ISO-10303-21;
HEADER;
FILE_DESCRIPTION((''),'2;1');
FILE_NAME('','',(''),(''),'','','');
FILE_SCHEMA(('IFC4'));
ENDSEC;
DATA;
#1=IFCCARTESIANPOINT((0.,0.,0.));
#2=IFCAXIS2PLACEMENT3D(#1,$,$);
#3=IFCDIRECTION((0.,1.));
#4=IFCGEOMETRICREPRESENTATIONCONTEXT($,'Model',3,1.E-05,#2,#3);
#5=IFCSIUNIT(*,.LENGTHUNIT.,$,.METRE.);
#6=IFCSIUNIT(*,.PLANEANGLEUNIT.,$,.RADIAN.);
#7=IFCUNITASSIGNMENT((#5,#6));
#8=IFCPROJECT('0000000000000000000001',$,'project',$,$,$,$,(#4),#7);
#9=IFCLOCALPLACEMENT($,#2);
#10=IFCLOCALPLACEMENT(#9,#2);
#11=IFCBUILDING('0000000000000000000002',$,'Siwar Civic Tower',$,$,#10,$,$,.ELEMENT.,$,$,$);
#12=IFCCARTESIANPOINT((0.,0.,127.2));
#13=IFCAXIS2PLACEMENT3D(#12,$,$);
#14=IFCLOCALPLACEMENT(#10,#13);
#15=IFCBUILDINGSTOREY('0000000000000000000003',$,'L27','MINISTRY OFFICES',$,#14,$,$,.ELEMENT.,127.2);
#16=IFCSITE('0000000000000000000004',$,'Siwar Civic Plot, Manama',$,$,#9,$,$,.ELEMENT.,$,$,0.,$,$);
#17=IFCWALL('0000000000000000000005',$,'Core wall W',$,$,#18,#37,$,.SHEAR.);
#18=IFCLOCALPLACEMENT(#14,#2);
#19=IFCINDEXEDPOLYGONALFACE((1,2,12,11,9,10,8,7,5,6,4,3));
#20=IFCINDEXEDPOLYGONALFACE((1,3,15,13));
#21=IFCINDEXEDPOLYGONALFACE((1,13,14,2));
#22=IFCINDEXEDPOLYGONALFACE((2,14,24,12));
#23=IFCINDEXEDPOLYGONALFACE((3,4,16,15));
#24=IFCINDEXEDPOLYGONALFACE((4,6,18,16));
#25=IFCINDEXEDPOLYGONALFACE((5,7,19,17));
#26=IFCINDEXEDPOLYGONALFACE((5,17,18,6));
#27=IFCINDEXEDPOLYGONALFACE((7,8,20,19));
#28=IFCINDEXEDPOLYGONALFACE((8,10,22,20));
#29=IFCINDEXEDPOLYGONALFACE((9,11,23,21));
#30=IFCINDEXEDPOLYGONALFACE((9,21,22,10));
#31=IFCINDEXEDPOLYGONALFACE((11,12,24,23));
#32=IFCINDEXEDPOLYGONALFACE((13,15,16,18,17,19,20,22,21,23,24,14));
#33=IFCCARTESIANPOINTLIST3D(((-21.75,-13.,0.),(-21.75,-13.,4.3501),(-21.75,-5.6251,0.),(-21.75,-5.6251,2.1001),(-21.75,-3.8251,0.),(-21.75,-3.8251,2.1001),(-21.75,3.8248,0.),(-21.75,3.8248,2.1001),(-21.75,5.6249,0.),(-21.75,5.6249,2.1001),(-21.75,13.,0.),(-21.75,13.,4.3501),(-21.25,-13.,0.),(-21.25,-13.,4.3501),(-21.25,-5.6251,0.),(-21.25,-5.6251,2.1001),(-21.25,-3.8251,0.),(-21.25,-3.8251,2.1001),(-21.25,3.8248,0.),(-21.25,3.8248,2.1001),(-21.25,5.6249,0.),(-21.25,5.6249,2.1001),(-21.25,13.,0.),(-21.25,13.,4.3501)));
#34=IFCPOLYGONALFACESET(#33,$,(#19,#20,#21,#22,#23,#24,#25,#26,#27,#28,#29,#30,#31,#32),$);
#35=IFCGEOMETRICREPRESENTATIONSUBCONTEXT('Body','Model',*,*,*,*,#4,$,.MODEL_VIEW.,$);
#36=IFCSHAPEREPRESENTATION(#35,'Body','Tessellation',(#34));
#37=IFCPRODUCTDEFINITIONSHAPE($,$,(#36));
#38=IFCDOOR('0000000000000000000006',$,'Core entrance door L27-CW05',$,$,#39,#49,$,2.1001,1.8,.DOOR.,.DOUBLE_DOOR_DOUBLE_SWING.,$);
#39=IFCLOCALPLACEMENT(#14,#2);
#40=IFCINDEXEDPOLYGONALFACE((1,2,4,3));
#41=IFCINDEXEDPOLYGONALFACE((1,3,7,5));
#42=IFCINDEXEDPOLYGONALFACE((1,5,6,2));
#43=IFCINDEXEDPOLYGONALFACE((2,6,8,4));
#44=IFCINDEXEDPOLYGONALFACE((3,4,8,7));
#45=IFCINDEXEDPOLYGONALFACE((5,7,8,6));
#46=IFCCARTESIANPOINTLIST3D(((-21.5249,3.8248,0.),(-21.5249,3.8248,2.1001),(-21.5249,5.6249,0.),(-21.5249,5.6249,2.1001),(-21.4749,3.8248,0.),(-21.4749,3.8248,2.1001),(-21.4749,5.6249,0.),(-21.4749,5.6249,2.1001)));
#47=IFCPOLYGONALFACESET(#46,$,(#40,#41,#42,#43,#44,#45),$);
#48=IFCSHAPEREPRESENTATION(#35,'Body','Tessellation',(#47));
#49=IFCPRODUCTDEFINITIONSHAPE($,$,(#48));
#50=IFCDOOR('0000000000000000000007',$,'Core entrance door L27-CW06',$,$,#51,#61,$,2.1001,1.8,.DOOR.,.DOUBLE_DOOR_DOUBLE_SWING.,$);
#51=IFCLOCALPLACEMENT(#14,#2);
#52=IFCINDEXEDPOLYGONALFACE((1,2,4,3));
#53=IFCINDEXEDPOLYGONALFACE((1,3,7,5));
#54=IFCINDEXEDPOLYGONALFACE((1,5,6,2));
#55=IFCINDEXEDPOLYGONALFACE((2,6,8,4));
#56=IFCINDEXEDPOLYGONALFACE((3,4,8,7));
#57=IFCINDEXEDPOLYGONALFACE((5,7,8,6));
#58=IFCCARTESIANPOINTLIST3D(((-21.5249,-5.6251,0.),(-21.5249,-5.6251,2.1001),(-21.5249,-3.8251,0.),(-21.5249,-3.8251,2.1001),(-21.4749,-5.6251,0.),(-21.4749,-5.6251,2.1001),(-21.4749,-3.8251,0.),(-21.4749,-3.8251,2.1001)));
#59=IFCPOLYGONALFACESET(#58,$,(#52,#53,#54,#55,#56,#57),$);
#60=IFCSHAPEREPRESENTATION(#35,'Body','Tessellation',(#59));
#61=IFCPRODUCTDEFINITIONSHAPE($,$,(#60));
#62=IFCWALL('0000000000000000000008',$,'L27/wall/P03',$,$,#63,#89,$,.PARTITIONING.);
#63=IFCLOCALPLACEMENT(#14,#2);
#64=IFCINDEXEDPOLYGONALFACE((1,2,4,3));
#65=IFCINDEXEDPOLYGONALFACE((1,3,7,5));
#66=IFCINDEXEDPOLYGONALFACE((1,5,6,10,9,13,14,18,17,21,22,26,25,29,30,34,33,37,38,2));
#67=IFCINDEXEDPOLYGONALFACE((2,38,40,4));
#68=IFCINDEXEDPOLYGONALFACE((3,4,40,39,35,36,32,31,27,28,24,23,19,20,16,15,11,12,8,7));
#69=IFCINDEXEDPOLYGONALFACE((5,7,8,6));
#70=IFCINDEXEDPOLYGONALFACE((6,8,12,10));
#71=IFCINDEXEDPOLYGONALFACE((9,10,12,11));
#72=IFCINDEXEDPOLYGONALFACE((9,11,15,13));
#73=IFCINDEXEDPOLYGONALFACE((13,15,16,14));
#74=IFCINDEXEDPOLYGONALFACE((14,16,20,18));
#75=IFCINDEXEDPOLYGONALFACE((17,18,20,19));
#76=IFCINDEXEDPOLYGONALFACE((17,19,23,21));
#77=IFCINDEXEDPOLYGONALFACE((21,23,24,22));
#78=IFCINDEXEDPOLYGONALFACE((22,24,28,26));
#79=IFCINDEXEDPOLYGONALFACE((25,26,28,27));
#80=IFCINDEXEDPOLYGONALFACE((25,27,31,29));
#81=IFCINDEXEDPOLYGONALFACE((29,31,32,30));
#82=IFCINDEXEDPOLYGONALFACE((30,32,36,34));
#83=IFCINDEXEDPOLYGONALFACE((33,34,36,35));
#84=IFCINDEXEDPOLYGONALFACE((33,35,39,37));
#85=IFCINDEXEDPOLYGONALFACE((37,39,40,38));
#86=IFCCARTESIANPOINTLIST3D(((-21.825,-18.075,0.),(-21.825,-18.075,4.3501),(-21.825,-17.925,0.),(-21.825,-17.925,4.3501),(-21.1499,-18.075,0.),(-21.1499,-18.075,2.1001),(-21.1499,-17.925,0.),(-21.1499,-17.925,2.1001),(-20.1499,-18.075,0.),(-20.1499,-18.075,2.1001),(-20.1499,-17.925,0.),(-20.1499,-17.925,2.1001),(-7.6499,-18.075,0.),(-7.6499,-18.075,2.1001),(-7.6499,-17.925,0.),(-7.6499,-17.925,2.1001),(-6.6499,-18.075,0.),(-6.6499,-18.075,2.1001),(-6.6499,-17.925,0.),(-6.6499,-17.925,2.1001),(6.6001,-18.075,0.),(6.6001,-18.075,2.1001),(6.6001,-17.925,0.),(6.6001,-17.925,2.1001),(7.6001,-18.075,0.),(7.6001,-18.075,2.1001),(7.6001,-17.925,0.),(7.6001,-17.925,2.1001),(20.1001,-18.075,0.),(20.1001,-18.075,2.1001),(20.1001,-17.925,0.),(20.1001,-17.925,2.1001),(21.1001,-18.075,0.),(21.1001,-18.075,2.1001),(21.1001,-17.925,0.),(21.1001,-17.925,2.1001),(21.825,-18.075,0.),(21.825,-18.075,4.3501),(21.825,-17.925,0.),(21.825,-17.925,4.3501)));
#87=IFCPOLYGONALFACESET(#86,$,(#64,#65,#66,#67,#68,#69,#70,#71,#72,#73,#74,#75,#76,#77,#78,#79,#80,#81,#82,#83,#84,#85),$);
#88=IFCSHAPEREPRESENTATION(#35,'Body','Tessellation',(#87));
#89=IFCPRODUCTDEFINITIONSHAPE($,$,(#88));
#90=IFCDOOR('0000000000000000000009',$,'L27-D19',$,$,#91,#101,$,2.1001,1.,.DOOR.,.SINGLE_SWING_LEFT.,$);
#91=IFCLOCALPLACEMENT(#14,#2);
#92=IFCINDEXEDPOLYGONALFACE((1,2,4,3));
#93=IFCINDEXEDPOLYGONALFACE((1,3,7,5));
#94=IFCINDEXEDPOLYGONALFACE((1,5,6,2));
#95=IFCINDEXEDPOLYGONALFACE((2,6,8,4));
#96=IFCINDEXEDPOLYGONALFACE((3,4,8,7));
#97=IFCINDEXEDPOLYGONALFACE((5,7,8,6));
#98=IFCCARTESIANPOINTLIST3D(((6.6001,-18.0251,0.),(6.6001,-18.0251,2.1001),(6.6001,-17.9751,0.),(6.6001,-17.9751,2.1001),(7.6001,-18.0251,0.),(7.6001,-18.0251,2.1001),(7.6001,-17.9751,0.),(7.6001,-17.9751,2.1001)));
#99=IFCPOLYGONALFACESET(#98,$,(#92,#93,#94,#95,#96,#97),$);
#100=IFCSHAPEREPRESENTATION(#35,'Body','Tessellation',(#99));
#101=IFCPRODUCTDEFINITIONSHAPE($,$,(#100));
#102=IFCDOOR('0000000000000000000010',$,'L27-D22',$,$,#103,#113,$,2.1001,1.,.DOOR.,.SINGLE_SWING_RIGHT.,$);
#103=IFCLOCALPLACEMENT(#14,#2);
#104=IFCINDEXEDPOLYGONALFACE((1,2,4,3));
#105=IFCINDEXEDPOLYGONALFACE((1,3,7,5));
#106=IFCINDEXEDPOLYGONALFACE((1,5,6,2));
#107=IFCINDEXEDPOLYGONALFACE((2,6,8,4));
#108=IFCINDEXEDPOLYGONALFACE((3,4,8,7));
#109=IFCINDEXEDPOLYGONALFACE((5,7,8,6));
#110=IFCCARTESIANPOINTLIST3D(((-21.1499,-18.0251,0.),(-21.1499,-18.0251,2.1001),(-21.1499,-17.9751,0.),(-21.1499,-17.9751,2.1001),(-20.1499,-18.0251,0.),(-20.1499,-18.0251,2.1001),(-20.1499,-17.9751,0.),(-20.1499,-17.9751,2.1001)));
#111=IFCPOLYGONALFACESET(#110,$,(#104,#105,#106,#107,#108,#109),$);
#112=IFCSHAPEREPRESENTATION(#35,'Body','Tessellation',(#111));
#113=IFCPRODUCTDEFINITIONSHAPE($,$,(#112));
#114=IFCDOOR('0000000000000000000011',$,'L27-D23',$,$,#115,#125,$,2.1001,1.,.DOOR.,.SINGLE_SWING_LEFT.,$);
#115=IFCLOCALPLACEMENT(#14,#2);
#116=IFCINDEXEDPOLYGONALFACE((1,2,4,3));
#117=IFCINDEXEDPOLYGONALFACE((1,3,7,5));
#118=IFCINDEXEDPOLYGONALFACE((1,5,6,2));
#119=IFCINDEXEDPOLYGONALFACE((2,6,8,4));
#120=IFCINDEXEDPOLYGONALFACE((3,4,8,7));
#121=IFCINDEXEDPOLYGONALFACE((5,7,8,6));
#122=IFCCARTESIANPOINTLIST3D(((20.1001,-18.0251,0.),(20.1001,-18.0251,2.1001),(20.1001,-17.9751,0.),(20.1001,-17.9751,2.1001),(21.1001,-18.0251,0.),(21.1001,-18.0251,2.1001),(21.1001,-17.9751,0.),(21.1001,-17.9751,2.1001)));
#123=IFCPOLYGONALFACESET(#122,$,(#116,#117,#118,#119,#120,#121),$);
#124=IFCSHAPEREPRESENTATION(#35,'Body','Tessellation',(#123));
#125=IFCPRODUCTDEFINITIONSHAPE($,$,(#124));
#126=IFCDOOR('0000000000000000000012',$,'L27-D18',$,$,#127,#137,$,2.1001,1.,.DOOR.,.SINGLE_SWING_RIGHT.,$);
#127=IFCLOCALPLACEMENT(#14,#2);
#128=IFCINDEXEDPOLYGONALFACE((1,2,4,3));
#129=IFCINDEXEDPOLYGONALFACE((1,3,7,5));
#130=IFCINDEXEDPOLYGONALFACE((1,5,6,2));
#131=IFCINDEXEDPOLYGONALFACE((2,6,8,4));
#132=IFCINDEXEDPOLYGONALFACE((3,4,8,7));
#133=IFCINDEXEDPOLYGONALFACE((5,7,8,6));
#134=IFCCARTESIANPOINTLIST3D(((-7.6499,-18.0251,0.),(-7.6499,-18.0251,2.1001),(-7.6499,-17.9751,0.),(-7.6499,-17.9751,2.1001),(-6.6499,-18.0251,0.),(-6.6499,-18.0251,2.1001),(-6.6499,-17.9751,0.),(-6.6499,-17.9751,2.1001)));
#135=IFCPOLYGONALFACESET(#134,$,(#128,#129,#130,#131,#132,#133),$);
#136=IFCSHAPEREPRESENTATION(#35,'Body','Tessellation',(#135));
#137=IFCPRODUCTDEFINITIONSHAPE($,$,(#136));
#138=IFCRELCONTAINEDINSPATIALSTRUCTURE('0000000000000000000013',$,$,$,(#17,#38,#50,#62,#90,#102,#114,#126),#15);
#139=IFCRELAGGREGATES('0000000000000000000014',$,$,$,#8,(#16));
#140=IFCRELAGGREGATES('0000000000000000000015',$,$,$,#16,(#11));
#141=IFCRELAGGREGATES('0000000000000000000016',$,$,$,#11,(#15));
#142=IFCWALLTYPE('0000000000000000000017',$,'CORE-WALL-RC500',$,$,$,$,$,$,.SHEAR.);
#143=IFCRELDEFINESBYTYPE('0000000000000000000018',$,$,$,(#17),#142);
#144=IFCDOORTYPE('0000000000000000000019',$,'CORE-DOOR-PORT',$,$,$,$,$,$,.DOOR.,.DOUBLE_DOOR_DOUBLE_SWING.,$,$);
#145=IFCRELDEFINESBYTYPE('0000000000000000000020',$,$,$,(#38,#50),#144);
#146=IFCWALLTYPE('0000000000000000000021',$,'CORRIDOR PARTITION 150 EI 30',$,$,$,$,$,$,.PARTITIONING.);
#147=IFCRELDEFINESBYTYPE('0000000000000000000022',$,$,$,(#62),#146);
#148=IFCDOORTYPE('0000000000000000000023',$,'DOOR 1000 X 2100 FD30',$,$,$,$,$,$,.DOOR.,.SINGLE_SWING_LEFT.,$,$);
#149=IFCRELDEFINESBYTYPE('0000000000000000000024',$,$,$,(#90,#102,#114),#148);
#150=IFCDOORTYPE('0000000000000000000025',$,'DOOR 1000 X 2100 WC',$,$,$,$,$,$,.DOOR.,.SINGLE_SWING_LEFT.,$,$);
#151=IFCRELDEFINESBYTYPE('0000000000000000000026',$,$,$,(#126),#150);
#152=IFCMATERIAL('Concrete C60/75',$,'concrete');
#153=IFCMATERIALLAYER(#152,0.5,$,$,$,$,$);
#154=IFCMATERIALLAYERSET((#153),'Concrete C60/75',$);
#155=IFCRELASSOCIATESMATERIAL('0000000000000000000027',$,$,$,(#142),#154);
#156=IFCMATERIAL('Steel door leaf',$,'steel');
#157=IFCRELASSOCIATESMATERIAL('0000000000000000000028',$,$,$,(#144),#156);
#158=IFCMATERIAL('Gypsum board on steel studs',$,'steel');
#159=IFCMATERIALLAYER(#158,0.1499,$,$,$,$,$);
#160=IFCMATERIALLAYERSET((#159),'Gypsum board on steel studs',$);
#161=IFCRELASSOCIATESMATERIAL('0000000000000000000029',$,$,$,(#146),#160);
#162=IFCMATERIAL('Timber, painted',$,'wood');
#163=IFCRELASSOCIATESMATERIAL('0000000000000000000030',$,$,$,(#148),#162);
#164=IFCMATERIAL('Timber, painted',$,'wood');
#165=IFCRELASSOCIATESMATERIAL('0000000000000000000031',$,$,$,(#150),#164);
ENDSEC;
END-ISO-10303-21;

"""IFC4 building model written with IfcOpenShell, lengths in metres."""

from ifc_helpers import new_model, si_unit, direction, frame, frame_2d, origin, place, context, subcontext, project, spatial, rectangle, extrude, material, layer, layer_set, type_object, element, fill, save


model = new_model("IFC4")

# Units and contexts
model_context = context("Model", 3, precision=1e-05, world=origin(), true_north=direction((0.0, 1.0)))
body_context = subcontext(model_context, "Body", "Model", "MODEL_VIEW")
ifc_project = project(units=[si_unit("LENGTHUNIT", "METRE"), si_unit("PLANEANGLEUNIT", "RADIAN")], contexts=[model_context])

# Site, building, storey
site_placement = place(None, origin())
site = spatial("IfcSite", under=ifc_project, at=site_placement, Name="Siwar Civic Plot, Manama", CompositionType="ELEMENT", RefElevation=0.0)
building_placement = place(site_placement, origin())
building = spatial("IfcBuilding", under=site, at=building_placement, Name="Siwar Civic Tower", CompositionType="ELEMENT")
storey_placement = place(building_placement, frame((0.0, 0.0, 127.2)))
storey = spatial("IfcBuildingStorey", under=building, at=storey_placement, Name="L27", Description="MINISTRY OFFICES", CompositionType="ELEMENT", Elevation=127.2)

# Walls, openings, doors
ifc_material_1 = material(Name="Concrete C60/75", Category="concrete")
ifc_layer_1 = layer(ifc_material_1, 0.5)
ifc_layer_set_1 = layer_set([ifc_layer_1], Name="Concrete C60/75")
wall_type_1 = type_object("IfcWallType", Name="CORE-WALL-RC500", PredefinedType="SHEAR", material=ifc_layer_set_1)
wall_1_placement = place(storey_placement, frame((-21.5, -13.0, 0.0), z_axis=(0.0, 0.0, 1.0), x_axis=(0.0, 1.0, 0.0)))
wall_1 = element("IfcWall", 1, at=wall_1_placement, inside=storey, type_object=wall_type_1, Name="Core wall W", PredefinedType="SHEAR", context=body_context, shape_type="SweptSolid", body=[
    extrude(rectangle(XDim=26.0, YDim=0.5, at=frame_2d((13.0, 0.0))), origin(), (0.0, 0.0, 1.0), 4.3501),
])
opening_1_placement = place(wall_1_placement, frame((16.825, 0.0, 0.0)))
opening_1 = element("IfcOpeningElement", 2, at=opening_1_placement, cuts=wall_1, PredefinedType="OPENING", context=body_context, shape_type="SweptSolid", body=[
    extrude(rectangle(XDim=1.8, YDim=2.1001, at=frame_2d((0.8999, 1.05))), frame((0.0, 0.26, 0.0), z_axis=(0.0, -1.0, 0.0), x_axis=(1.0, 0.0, 0.0)), (0.0, 0.0, 1.0), 0.52),
])
opening_2_placement = place(wall_1_placement, frame((7.375, 0.0, 0.0)))
opening_2 = element("IfcOpeningElement", 3, at=opening_2_placement, cuts=wall_1, PredefinedType="OPENING", context=body_context, shape_type="SweptSolid", body=[
    extrude(rectangle(XDim=1.8, YDim=2.1001, at=frame_2d((0.8999, 1.05))), frame((0.0, 0.26, 0.0), z_axis=(0.0, -1.0, 0.0), x_axis=(1.0, 0.0, 0.0)), (0.0, 0.0, 1.0), 0.52),
])
ifc_material_2 = material(Name="Steel door leaf", Category="steel")
door_type_1 = type_object("IfcDoorType", Name="CORE-DOOR-PORT", OperationType="DOUBLE_DOOR_DOUBLE_SWING", PredefinedType="DOOR", material=ifc_material_2)
door_1_placement = place(opening_1_placement, origin())
door_1 = element("IfcDoor", 4, at=door_1_placement, inside=storey, type_object=door_type_1, Name="Core entrance door L27-CW05", OperationType="DOUBLE_DOOR_DOUBLE_SWING", OverallHeight=2.1001, OverallWidth=1.8, PredefinedType="DOOR", context=body_context, shape_type="SweptSolid", body=[
    extrude(rectangle(XDim=1.8, YDim=2.1001, at=frame_2d((0.8999, 1.05))), frame((0.0, 0.0249, 0.0), z_axis=(0.0, -1.0, 0.0), x_axis=(1.0, 0.0, 0.0)), (0.0, 0.0, 1.0), 0.05),
])
fill(opening_1, door_1)
door_2_placement = place(opening_2_placement, origin())
door_2 = element("IfcDoor", 5, at=door_2_placement, inside=storey, type_object=door_type_1, Name="Core entrance door L27-CW06", OperationType="DOUBLE_DOOR_DOUBLE_SWING", OverallHeight=2.1001, OverallWidth=1.8, PredefinedType="DOOR", context=body_context, shape_type="SweptSolid", body=[
    extrude(rectangle(XDim=1.8, YDim=2.1001, at=frame_2d((0.8999, 1.05))), frame((0.0, 0.0249, 0.0), z_axis=(0.0, -1.0, 0.0), x_axis=(1.0, 0.0, 0.0)), (0.0, 0.0, 1.0), 0.05),
])
fill(opening_2, door_2)
ifc_material_3 = material(Name="Gypsum board on steel studs", Category="steel")
ifc_layer_2 = layer(ifc_material_3, 0.1499)
ifc_layer_set_2 = layer_set([ifc_layer_2], Name="Gypsum board on steel studs")
wall_type_2 = type_object("IfcWallType", Name="CORRIDOR PARTITION 150 EI 30", PredefinedType="PARTITIONING", material=ifc_layer_set_2)
wall_2_placement = place(storey_placement, frame((-21.825, -18.0, 0.0), z_axis=(0.0, 0.0, 1.0), x_axis=(1.0, 0.0, 0.0)))
wall_2 = element("IfcWall", 6, at=wall_2_placement, inside=storey, type_object=wall_type_2, Name="L27/wall/P03", PredefinedType="PARTITIONING", context=body_context, shape_type="SweptSolid", body=[
    extrude(rectangle(XDim=43.6499, YDim=0.1499, at=frame_2d((21.825, 0.0))), origin(), (0.0, 0.0, 1.0), 4.3501),
])
opening_3_placement = place(wall_2_placement, frame((14.175, 0.0, 0.0)))
opening_3 = element("IfcOpeningElement", 7, at=opening_3_placement, cuts=wall_2, PredefinedType="OPENING", context=body_context, shape_type="SweptSolid", body=[
    extrude(rectangle(XDim=1.0, YDim=2.1001, at=frame_2d((0.5, 1.05))), frame((0.0, 0.085, 0.0), z_axis=(0.0, -1.0, 0.0), x_axis=(1.0, 0.0, 0.0)), (0.0, 0.0, 1.0), 0.1699),
])
opening_4_placement = place(wall_2_placement, frame((28.425, 0.0, 0.0)))
opening_4 = element("IfcOpeningElement", 8, at=opening_4_placement, cuts=wall_2, PredefinedType="OPENING", context=body_context, shape_type="SweptSolid", body=[
    extrude(rectangle(XDim=1.0, YDim=2.1001, at=frame_2d((0.5, 1.05))), frame((0.0, 0.085, 0.0), z_axis=(0.0, -1.0, 0.0), x_axis=(1.0, 0.0, 0.0)), (0.0, 0.0, 1.0), 0.1699),
])
opening_5_placement = place(wall_2_placement, frame((0.675, 0.0, 0.0)))
opening_5 = element("IfcOpeningElement", 9, at=opening_5_placement, cuts=wall_2, PredefinedType="OPENING", context=body_context, shape_type="SweptSolid", body=[
    extrude(rectangle(XDim=1.0, YDim=2.1001, at=frame_2d((0.5, 1.05))), frame((0.0, 0.085, 0.0), z_axis=(0.0, -1.0, 0.0), x_axis=(1.0, 0.0, 0.0)), (0.0, 0.0, 1.0), 0.1699),
])
opening_6_placement = place(wall_2_placement, frame((41.925, 0.0, 0.0)))
opening_6 = element("IfcOpeningElement", 10, at=opening_6_placement, cuts=wall_2, PredefinedType="OPENING", context=body_context, shape_type="SweptSolid", body=[
    extrude(rectangle(XDim=1.0, YDim=2.1001, at=frame_2d((0.5, 1.05))), frame((0.0, 0.085, 0.0), z_axis=(0.0, -1.0, 0.0), x_axis=(1.0, 0.0, 0.0)), (0.0, 0.0, 1.0), 0.1699),
])
ifc_material_4 = material(Name="Timber, painted", Category="wood")
door_type_2 = type_object("IfcDoorType", Name="DOOR 1000 X 2100 FD30", OperationType="SINGLE_SWING_LEFT", PredefinedType="DOOR", material=ifc_material_4)
door_3_placement = place(opening_4_placement, origin())
door_3 = element("IfcDoor", 11, at=door_3_placement, inside=storey, type_object=door_type_2, Name="L27-D19", OperationType="SINGLE_SWING_LEFT", OverallHeight=2.1001, OverallWidth=1.0, PredefinedType="DOOR", context=body_context, shape_type="SweptSolid", body=[
    extrude(rectangle(XDim=1.0, YDim=2.1001, at=frame_2d((0.5, 1.05))), frame((0.0, 0.0249, 0.0), z_axis=(0.0, -1.0, 0.0), x_axis=(1.0, 0.0, 0.0)), (0.0, 0.0, 1.0), 0.05),
])
fill(opening_4, door_3)
door_4_placement = place(opening_5_placement, origin())
door_4 = element("IfcDoor", 12, at=door_4_placement, inside=storey, type_object=door_type_2, Name="L27-D22", OperationType="SINGLE_SWING_RIGHT", OverallHeight=2.1001, OverallWidth=1.0, PredefinedType="DOOR", context=body_context, shape_type="SweptSolid", body=[
    extrude(rectangle(XDim=1.0, YDim=2.1001, at=frame_2d((0.5, 1.05))), frame((0.0, 0.0249, 0.0), z_axis=(0.0, -1.0, 0.0), x_axis=(1.0, 0.0, 0.0)), (0.0, 0.0, 1.0), 0.05),
])
fill(opening_5, door_4)
door_5_placement = place(opening_6_placement, origin())
door_5 = element("IfcDoor", 13, at=door_5_placement, inside=storey, type_object=door_type_2, Name="L27-D23", OperationType="SINGLE_SWING_LEFT", OverallHeight=2.1001, OverallWidth=1.0, PredefinedType="DOOR", context=body_context, shape_type="SweptSolid", body=[
    extrude(rectangle(XDim=1.0, YDim=2.1001, at=frame_2d((0.5, 1.05))), frame((0.0, 0.0249, 0.0), z_axis=(0.0, -1.0, 0.0), x_axis=(1.0, 0.0, 0.0)), (0.0, 0.0, 1.0), 0.05),
])
fill(opening_6, door_5)
ifc_material_5 = material(Name="Timber, painted", Category="wood")
door_type_3 = type_object("IfcDoorType", Name="DOOR 1000 X 2100 WC", OperationType="SINGLE_SWING_LEFT", PredefinedType="DOOR", material=ifc_material_5)
door_6_placement = place(opening_3_placement, origin())
door_6 = element("IfcDoor", 14, at=door_6_placement, inside=storey, type_object=door_type_3, Name="L27-D18", OperationType="SINGLE_SWING_RIGHT", OverallHeight=2.1001, OverallWidth=1.0, PredefinedType="DOOR", context=body_context, shape_type="SweptSolid", body=[
    extrude(rectangle(XDim=1.0, YDim=2.1001, at=frame_2d((0.5, 1.05))), frame((0.0, 0.0249, 0.0), z_axis=(0.0, -1.0, 0.0), x_axis=(1.0, 0.0, 0.0)), (0.0, 0.0, 1.0), 0.05),
])
fill(opening_3, door_6)

save(model, "model.ifc")
